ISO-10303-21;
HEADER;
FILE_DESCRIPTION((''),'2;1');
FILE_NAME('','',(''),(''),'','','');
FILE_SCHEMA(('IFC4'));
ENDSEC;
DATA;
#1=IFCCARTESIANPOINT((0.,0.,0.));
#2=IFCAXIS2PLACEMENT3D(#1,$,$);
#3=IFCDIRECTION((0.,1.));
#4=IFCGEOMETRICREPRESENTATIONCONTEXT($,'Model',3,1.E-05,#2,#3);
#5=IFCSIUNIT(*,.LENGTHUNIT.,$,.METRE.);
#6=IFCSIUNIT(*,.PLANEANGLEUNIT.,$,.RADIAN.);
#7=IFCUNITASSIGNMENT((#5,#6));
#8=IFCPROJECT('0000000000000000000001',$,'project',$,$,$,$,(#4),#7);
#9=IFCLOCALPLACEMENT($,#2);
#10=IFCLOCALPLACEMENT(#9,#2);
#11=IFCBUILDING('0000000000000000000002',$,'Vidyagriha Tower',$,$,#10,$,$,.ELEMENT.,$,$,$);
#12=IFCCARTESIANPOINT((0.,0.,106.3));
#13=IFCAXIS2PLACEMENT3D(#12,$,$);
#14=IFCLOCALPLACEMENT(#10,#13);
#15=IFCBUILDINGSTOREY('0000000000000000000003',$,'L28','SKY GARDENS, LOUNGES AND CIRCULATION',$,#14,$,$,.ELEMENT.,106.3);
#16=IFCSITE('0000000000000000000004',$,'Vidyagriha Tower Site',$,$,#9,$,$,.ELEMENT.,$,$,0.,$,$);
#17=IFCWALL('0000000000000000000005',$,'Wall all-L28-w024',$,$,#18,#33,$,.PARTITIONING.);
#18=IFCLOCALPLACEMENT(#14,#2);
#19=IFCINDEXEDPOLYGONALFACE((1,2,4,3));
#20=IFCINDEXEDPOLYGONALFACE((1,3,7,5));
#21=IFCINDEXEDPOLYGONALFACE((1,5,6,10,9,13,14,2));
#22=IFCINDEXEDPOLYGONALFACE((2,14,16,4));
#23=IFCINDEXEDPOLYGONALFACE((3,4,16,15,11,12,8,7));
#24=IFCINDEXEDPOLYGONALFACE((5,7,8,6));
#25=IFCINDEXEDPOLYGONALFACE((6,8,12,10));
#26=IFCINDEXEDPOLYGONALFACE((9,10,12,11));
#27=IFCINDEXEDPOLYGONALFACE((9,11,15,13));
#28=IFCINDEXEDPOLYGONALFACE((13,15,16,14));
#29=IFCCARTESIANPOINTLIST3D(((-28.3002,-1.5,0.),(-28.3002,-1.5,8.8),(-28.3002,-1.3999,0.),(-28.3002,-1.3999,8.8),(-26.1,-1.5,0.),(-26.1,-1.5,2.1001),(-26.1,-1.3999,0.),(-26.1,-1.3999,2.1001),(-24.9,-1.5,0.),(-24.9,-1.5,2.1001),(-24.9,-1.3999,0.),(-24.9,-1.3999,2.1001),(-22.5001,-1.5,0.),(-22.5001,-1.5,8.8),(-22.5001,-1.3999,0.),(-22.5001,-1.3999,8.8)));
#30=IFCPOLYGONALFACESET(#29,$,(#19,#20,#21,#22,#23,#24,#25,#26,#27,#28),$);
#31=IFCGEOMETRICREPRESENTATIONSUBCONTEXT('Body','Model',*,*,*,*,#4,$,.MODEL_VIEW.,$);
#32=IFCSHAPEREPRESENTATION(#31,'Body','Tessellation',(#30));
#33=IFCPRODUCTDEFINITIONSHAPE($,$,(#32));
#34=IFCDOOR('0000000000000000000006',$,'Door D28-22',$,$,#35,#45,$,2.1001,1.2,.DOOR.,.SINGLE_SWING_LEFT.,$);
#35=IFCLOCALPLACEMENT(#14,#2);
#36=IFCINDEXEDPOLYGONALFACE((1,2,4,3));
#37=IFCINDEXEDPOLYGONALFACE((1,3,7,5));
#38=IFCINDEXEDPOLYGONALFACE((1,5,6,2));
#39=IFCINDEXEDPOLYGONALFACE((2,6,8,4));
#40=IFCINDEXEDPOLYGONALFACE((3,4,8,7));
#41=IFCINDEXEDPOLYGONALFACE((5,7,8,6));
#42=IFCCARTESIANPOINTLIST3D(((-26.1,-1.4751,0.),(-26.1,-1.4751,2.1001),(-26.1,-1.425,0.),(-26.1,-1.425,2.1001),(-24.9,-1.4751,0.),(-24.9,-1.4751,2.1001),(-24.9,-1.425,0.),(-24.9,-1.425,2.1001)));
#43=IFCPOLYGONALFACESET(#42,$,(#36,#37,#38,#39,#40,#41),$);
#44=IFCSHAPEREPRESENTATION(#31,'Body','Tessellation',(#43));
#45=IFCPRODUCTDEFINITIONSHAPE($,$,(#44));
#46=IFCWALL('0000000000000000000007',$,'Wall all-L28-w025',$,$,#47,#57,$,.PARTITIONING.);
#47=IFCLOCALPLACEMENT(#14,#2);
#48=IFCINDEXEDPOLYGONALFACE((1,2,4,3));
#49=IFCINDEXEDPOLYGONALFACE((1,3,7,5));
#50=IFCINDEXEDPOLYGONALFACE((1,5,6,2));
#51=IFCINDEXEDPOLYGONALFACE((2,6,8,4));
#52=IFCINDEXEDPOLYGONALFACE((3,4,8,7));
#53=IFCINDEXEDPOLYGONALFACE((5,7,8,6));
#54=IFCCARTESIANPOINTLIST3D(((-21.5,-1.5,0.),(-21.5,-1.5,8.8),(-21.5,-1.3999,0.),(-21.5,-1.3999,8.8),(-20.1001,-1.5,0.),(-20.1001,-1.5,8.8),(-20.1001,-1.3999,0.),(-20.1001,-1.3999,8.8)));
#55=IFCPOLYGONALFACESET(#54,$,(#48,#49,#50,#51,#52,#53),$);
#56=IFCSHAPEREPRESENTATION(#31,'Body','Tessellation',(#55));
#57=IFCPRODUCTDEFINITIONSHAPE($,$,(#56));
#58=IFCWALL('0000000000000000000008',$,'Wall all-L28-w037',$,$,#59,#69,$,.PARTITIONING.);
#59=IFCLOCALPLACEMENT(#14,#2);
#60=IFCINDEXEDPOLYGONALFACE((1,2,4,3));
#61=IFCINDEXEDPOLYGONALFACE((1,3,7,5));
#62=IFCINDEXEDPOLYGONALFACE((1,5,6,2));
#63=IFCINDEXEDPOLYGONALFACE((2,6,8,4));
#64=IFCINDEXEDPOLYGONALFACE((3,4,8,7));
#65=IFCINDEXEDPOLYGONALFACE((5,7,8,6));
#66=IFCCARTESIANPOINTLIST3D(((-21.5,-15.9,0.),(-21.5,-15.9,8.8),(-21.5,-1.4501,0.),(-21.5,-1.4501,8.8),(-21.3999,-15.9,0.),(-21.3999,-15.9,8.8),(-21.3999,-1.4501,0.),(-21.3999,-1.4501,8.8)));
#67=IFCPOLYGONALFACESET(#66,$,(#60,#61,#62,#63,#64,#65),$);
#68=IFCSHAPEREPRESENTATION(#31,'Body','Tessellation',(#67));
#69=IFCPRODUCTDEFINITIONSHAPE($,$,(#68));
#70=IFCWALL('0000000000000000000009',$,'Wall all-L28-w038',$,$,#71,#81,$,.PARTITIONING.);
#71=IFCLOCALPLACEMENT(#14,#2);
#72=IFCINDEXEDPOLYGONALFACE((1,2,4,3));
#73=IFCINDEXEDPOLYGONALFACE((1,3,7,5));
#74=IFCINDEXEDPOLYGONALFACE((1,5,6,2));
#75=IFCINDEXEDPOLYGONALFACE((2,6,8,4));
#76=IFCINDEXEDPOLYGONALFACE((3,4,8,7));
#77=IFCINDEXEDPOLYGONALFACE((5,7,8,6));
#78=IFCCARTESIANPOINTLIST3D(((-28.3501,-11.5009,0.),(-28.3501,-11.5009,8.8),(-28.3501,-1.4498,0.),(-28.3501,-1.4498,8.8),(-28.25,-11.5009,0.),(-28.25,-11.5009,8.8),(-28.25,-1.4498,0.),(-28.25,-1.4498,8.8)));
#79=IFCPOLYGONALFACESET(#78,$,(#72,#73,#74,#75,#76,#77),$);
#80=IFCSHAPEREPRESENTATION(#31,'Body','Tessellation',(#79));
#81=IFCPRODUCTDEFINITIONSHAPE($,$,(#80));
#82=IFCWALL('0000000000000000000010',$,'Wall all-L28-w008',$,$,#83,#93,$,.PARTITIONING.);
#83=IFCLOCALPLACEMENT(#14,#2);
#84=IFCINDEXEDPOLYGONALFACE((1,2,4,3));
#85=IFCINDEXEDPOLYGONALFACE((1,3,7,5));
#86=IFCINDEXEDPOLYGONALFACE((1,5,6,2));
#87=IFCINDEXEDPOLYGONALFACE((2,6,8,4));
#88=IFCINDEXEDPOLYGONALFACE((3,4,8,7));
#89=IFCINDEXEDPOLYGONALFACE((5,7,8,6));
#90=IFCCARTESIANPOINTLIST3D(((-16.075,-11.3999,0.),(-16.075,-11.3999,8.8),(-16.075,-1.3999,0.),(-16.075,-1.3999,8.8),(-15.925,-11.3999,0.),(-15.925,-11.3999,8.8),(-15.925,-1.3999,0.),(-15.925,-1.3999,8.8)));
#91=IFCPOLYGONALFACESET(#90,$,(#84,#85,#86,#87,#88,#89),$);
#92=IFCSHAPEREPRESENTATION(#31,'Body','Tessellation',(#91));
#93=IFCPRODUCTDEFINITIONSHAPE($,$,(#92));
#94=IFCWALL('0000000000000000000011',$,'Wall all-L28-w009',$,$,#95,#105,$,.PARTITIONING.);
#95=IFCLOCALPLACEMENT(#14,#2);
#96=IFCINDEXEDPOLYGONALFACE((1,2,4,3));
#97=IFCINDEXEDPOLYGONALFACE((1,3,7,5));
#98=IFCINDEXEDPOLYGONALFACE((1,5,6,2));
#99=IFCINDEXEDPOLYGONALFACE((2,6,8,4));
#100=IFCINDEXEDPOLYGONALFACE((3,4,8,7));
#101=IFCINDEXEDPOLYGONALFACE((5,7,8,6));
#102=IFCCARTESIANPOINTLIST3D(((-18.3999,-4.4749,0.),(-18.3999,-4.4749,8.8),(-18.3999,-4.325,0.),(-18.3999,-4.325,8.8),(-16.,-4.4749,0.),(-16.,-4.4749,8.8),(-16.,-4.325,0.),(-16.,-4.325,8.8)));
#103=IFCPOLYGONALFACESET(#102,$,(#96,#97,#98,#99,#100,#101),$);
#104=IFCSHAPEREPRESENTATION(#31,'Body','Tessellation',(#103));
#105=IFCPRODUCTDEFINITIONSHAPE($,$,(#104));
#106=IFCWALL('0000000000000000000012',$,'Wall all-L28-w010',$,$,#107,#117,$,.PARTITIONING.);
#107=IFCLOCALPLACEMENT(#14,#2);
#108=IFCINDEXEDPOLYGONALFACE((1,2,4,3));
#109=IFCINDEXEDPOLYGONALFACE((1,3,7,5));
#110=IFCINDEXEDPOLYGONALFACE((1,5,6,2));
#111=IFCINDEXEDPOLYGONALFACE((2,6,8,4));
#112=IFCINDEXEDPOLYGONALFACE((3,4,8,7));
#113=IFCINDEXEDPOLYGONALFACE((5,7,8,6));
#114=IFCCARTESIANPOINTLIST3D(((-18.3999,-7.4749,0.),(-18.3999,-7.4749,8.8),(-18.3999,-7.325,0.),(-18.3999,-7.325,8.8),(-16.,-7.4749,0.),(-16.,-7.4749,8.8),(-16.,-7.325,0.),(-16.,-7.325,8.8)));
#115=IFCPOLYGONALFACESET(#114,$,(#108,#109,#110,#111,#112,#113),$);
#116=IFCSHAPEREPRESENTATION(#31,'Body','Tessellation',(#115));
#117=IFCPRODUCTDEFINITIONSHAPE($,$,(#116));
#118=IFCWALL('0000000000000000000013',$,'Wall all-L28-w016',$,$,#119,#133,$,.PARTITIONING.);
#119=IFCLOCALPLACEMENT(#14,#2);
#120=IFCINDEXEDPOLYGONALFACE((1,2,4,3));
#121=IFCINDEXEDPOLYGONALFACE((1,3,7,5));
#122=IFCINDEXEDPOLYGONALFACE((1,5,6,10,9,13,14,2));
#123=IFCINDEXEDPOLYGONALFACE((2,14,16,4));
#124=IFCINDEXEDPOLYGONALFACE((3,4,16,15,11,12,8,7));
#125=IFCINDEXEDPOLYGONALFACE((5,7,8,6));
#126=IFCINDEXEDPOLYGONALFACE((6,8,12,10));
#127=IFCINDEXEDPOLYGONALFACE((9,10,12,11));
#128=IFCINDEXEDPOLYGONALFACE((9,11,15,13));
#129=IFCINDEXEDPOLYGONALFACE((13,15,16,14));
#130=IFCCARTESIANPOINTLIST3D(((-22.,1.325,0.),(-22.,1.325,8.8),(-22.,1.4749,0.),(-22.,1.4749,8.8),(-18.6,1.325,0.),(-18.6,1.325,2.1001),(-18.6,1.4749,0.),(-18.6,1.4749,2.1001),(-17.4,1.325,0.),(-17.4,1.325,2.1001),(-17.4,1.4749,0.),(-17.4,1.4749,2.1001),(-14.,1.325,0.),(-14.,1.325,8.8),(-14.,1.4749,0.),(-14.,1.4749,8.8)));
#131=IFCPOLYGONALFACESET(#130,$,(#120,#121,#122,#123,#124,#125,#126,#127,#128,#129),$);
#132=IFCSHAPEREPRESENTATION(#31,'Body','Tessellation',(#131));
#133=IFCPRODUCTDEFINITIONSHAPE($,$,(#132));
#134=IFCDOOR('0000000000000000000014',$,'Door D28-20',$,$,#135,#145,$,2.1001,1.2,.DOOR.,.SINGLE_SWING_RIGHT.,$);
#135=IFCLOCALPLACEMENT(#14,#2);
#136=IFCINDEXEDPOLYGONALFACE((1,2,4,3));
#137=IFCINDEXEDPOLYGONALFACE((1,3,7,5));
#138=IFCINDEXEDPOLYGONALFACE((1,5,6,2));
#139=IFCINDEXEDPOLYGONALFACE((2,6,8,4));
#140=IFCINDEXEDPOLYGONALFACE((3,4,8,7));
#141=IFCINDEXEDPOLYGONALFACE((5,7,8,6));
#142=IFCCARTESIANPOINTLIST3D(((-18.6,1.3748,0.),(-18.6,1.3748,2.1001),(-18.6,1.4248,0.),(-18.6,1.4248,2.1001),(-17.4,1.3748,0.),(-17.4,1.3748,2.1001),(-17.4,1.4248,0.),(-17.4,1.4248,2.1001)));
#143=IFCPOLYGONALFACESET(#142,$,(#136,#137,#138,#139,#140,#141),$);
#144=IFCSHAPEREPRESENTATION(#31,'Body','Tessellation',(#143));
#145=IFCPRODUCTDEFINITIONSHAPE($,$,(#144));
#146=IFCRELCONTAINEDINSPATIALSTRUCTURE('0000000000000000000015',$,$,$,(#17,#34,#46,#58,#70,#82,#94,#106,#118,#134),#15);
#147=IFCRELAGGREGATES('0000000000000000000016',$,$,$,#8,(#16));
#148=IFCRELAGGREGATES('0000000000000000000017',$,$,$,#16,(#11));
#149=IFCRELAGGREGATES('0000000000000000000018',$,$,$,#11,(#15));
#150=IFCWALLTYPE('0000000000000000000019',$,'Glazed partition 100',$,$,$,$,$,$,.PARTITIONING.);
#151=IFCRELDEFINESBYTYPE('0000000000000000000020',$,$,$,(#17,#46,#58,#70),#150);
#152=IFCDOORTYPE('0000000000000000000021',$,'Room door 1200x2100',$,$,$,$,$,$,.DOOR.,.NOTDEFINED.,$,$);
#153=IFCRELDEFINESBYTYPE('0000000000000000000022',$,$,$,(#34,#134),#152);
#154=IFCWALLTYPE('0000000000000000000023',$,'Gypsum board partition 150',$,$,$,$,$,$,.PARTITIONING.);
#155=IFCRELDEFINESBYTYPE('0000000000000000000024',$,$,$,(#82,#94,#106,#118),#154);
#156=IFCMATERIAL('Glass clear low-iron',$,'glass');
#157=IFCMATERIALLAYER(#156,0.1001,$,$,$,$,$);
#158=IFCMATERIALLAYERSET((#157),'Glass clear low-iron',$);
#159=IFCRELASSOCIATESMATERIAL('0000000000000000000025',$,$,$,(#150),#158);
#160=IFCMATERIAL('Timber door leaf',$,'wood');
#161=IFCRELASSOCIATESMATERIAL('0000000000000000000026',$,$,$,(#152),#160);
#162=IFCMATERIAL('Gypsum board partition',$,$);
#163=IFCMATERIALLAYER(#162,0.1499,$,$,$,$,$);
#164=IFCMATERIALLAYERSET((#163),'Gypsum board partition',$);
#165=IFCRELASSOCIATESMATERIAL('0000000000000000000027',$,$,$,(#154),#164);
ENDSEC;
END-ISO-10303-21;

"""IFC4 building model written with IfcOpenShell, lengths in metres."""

from ifc_helpers import new_model, si_unit, direction, frame, frame_2d, origin, place, context, subcontext, project, spatial, rectangle, extrude, material, layer, layer_set, type_object, element, fill, save


model = new_model("IFC4")

# Units and contexts
model_context = context("Model", 3, precision=1e-05, world=origin(), true_north=direction((0.0, 1.0)))
body_context = subcontext(model_context, "Body", "Model", "MODEL_VIEW")
ifc_project = project(units=[si_unit("LENGTHUNIT", "METRE"), si_unit("PLANEANGLEUNIT", "RADIAN")], contexts=[model_context])

# Site, building, storey
site_placement = place(None, origin())
site = spatial("IfcSite", under=ifc_project, at=site_placement, Name="Vidyagriha Tower Site", CompositionType="ELEMENT", RefElevation=0.0)
building_placement = place(site_placement, origin())
building = spatial("IfcBuilding", under=site, at=building_placement, Name="Vidyagriha Tower", CompositionType="ELEMENT")
storey_placement = place(building_placement, frame((0.0, 0.0, 106.3)))
storey = spatial("IfcBuildingStorey", under=building, at=storey_placement, Name="L28", Description="SKY GARDENS, LOUNGES AND CIRCULATION", CompositionType="ELEMENT", Elevation=106.3)

# Wall, opening, door
ifc_material_1 = material(Name="Glass clear low-iron", Category="glass")
ifc_layer_1 = layer(ifc_material_1, 0.1001)
ifc_layer_set_1 = layer_set([ifc_layer_1], Name="Glass clear low-iron")
wall_type_1 = type_object("IfcWallType", Name="Glazed partition 100", PredefinedType="PARTITIONING", material=ifc_layer_set_1)
wall_1_placement = place(storey_placement, frame((-28.3, -1.45, 0.0)))
wall_1 = element("IfcWall", 1, at=wall_1_placement, inside=storey, type_object=wall_type_1, Name="Wall all-L28-w024", PredefinedType="PARTITIONING", context=body_context, shape_type="SweptSolid", body=[
    extrude(rectangle(XDim=5.8, YDim=0.1001, at=frame_2d((2.8999, 0.0))), origin(), (0.0, 0.0, 1.0), 8.8),
])
opening_1_placement = place(wall_1_placement, frame((2.2, 0.0, 0.0)))
opening_1 = element("IfcOpeningElement", 2, at=opening_1_placement, cuts=wall_1, PredefinedType="OPENING", context=body_context, shape_type="SweptSolid", body=[
    extrude(rectangle(XDim=1.2, YDim=2.1001, at=frame_2d((0.6001, 1.05))), frame((0.0, 0.0601, 0.0), z_axis=(0.0, -1.0, 0.0), x_axis=(1.0, 0.0, 0.0)), (0.0, 0.0, 1.0), 0.1201),
])
ifc_material_2 = material(Name="Timber door leaf", Category="wood")
door_type_1 = type_object("IfcDoorType", Name="Room door 1200x2100", OperationType="NOTDEFINED", PredefinedType="DOOR", material=ifc_material_2)
door_1_placement = place(opening_1_placement, origin())
door_1 = element("IfcDoor", 3, at=door_1_placement, inside=storey, type_object=door_type_1, Name="Door D28-22", OperationType="SINGLE_SWING_LEFT", OverallHeight=2.1001, OverallWidth=1.2, PredefinedType="DOOR", context=body_context, shape_type="SweptSolid", body=[
    extrude(rectangle(XDim=1.2, YDim=2.1001, at=frame_2d((0.6001, 1.05))), frame((0.0, 0.0249, 0.0), z_axis=(0.0, -1.0, 0.0), x_axis=(1.0, 0.0, 0.0)), (0.0, 0.0, 1.0), 0.05),
])
fill(opening_1, door_1)

# Walls
wall_2_placement = place(storey_placement, frame((-21.5, -1.45, 0.0)))
element("IfcWall", 4, at=wall_2_placement, inside=storey, type_object=wall_type_1, Name="Wall all-L28-w025", PredefinedType="PARTITIONING", context=body_context, shape_type="SweptSolid", body=[
    extrude(rectangle(XDim=1.3999, YDim=0.1001, at=frame_2d((0.7, 0.0))), origin(), (0.0, 0.0, 1.0), 8.8),
])
wall_3_placement = place(storey_placement, frame((-21.45, -1.45, 0.0), z_axis=(0.0, 0.0, 1.0), x_axis=(0.0, -1.0, 0.0)))
element("IfcWall", 5, at=wall_3_placement, inside=storey, type_object=wall_type_1, Name="Wall all-L28-w037", PredefinedType="PARTITIONING", context=body_context, shape_type="SweptSolid", body=[
    extrude(rectangle(XDim=14.45, YDim=0.1001, at=frame_2d((7.2251, 0.0))), origin(), (0.0, 0.0, 1.0), 8.8),
])
wall_4_placement = place(storey_placement, frame((-28.3, -1.45, 0.0), z_axis=(0.0, 0.0, 1.0), x_axis=(0.0, -1.0, 0.0)))
element("IfcWall", 6, at=wall_4_placement, inside=storey, type_object=wall_type_1, Name="Wall all-L28-w038", PredefinedType="PARTITIONING", context=body_context, shape_type="SweptSolid", body=[
    extrude(rectangle(XDim=10.051, YDim=0.1001, at=frame_2d((5.0254, 0.0))), origin(), (0.0, 0.0, 1.0), 8.8),
])
ifc_material_3 = material(Name="Gypsum board partition")
ifc_layer_2 = layer(ifc_material_3, 0.1499)
ifc_layer_set_2 = layer_set([ifc_layer_2], Name="Gypsum board partition")
wall_type_2 = type_object("IfcWallType", Name="Gypsum board partition 150", PredefinedType="PARTITIONING", material=ifc_layer_set_2)
wall_5_placement = place(storey_placement, frame((-16.0, -1.3999, 0.0), z_axis=(0.0, 0.0, 1.0), x_axis=(0.0, -1.0, 0.0)))
element("IfcWall", 7, at=wall_5_placement, inside=storey, type_object=wall_type_2, Name="Wall all-L28-w008", PredefinedType="PARTITIONING", context=body_context, shape_type="SweptSolid", body=[
    extrude(rectangle(XDim=10.0, YDim=0.1499, at=frame_2d((5.0, 0.0))), origin(), (0.0, 0.0, 1.0), 8.8),
])
for number, where, name in (
    (8, (-18.3999, -4.3999, 0.0), "Wall all-L28-w009"),
    (9, (-18.3999, -7.3999, 0.0), "Wall all-L28-w010"),
):
    element("IfcWall", number, at=place(storey_placement, frame(where)), inside=storey, type_object=wall_type_2, Name=name, PredefinedType="PARTITIONING", context=body_context, shape_type="SweptSolid", body=[
        extrude(rectangle(XDim=2.3999, YDim=0.1499, at=frame_2d((1.2, 0.0))), origin(), (0.0, 0.0, 1.0), 8.8),
    ])

# Wall, opening, door
wall_6_placement = place(storey_placement, frame((-22.0, 1.3999, 0.0)))
wall_6 = element("IfcWall", 10, at=wall_6_placement, inside=storey, type_object=wall_type_2, Name="Wall all-L28-w016", PredefinedType="PARTITIONING", context=body_context, shape_type="SweptSolid", body=[
    extrude(rectangle(XDim=8.0, YDim=0.1499, at=frame_2d((4.0, 0.0))), origin(), (0.0, 0.0, 1.0), 8.8),
])
opening_2_placement = place(wall_6_placement, frame((3.3999, 0.0, 0.0)))
opening_2 = element("IfcOpeningElement", 11, at=opening_2_placement, cuts=wall_6, PredefinedType="OPENING", context=body_context, shape_type="SweptSolid", body=[
    extrude(rectangle(XDim=1.2, YDim=2.1001, at=frame_2d((0.6001, 1.05))), frame((0.0, 0.085, 0.0), z_axis=(0.0, -1.0, 0.0), x_axis=(1.0, 0.0, 0.0)), (0.0, 0.0, 1.0), 0.1699),
])
door_2_placement = place(opening_2_placement, origin())
door_2 = element("IfcDoor", 12, at=door_2_placement, inside=storey, type_object=door_type_1, Name="Door D28-20", OperationType="SINGLE_SWING_RIGHT", OverallHeight=2.1001, OverallWidth=1.2, PredefinedType="DOOR", context=body_context, shape_type="SweptSolid", body=[
    extrude(rectangle(XDim=1.2, YDim=2.1001, at=frame_2d((0.6001, 1.05))), frame((0.0, 0.0249, 0.0), z_axis=(0.0, -1.0, 0.0), x_axis=(1.0, 0.0, 0.0)), (0.0, 0.0, 1.0), 0.05),
])
fill(opening_2, door_2)

save(model, "model.ifc")
